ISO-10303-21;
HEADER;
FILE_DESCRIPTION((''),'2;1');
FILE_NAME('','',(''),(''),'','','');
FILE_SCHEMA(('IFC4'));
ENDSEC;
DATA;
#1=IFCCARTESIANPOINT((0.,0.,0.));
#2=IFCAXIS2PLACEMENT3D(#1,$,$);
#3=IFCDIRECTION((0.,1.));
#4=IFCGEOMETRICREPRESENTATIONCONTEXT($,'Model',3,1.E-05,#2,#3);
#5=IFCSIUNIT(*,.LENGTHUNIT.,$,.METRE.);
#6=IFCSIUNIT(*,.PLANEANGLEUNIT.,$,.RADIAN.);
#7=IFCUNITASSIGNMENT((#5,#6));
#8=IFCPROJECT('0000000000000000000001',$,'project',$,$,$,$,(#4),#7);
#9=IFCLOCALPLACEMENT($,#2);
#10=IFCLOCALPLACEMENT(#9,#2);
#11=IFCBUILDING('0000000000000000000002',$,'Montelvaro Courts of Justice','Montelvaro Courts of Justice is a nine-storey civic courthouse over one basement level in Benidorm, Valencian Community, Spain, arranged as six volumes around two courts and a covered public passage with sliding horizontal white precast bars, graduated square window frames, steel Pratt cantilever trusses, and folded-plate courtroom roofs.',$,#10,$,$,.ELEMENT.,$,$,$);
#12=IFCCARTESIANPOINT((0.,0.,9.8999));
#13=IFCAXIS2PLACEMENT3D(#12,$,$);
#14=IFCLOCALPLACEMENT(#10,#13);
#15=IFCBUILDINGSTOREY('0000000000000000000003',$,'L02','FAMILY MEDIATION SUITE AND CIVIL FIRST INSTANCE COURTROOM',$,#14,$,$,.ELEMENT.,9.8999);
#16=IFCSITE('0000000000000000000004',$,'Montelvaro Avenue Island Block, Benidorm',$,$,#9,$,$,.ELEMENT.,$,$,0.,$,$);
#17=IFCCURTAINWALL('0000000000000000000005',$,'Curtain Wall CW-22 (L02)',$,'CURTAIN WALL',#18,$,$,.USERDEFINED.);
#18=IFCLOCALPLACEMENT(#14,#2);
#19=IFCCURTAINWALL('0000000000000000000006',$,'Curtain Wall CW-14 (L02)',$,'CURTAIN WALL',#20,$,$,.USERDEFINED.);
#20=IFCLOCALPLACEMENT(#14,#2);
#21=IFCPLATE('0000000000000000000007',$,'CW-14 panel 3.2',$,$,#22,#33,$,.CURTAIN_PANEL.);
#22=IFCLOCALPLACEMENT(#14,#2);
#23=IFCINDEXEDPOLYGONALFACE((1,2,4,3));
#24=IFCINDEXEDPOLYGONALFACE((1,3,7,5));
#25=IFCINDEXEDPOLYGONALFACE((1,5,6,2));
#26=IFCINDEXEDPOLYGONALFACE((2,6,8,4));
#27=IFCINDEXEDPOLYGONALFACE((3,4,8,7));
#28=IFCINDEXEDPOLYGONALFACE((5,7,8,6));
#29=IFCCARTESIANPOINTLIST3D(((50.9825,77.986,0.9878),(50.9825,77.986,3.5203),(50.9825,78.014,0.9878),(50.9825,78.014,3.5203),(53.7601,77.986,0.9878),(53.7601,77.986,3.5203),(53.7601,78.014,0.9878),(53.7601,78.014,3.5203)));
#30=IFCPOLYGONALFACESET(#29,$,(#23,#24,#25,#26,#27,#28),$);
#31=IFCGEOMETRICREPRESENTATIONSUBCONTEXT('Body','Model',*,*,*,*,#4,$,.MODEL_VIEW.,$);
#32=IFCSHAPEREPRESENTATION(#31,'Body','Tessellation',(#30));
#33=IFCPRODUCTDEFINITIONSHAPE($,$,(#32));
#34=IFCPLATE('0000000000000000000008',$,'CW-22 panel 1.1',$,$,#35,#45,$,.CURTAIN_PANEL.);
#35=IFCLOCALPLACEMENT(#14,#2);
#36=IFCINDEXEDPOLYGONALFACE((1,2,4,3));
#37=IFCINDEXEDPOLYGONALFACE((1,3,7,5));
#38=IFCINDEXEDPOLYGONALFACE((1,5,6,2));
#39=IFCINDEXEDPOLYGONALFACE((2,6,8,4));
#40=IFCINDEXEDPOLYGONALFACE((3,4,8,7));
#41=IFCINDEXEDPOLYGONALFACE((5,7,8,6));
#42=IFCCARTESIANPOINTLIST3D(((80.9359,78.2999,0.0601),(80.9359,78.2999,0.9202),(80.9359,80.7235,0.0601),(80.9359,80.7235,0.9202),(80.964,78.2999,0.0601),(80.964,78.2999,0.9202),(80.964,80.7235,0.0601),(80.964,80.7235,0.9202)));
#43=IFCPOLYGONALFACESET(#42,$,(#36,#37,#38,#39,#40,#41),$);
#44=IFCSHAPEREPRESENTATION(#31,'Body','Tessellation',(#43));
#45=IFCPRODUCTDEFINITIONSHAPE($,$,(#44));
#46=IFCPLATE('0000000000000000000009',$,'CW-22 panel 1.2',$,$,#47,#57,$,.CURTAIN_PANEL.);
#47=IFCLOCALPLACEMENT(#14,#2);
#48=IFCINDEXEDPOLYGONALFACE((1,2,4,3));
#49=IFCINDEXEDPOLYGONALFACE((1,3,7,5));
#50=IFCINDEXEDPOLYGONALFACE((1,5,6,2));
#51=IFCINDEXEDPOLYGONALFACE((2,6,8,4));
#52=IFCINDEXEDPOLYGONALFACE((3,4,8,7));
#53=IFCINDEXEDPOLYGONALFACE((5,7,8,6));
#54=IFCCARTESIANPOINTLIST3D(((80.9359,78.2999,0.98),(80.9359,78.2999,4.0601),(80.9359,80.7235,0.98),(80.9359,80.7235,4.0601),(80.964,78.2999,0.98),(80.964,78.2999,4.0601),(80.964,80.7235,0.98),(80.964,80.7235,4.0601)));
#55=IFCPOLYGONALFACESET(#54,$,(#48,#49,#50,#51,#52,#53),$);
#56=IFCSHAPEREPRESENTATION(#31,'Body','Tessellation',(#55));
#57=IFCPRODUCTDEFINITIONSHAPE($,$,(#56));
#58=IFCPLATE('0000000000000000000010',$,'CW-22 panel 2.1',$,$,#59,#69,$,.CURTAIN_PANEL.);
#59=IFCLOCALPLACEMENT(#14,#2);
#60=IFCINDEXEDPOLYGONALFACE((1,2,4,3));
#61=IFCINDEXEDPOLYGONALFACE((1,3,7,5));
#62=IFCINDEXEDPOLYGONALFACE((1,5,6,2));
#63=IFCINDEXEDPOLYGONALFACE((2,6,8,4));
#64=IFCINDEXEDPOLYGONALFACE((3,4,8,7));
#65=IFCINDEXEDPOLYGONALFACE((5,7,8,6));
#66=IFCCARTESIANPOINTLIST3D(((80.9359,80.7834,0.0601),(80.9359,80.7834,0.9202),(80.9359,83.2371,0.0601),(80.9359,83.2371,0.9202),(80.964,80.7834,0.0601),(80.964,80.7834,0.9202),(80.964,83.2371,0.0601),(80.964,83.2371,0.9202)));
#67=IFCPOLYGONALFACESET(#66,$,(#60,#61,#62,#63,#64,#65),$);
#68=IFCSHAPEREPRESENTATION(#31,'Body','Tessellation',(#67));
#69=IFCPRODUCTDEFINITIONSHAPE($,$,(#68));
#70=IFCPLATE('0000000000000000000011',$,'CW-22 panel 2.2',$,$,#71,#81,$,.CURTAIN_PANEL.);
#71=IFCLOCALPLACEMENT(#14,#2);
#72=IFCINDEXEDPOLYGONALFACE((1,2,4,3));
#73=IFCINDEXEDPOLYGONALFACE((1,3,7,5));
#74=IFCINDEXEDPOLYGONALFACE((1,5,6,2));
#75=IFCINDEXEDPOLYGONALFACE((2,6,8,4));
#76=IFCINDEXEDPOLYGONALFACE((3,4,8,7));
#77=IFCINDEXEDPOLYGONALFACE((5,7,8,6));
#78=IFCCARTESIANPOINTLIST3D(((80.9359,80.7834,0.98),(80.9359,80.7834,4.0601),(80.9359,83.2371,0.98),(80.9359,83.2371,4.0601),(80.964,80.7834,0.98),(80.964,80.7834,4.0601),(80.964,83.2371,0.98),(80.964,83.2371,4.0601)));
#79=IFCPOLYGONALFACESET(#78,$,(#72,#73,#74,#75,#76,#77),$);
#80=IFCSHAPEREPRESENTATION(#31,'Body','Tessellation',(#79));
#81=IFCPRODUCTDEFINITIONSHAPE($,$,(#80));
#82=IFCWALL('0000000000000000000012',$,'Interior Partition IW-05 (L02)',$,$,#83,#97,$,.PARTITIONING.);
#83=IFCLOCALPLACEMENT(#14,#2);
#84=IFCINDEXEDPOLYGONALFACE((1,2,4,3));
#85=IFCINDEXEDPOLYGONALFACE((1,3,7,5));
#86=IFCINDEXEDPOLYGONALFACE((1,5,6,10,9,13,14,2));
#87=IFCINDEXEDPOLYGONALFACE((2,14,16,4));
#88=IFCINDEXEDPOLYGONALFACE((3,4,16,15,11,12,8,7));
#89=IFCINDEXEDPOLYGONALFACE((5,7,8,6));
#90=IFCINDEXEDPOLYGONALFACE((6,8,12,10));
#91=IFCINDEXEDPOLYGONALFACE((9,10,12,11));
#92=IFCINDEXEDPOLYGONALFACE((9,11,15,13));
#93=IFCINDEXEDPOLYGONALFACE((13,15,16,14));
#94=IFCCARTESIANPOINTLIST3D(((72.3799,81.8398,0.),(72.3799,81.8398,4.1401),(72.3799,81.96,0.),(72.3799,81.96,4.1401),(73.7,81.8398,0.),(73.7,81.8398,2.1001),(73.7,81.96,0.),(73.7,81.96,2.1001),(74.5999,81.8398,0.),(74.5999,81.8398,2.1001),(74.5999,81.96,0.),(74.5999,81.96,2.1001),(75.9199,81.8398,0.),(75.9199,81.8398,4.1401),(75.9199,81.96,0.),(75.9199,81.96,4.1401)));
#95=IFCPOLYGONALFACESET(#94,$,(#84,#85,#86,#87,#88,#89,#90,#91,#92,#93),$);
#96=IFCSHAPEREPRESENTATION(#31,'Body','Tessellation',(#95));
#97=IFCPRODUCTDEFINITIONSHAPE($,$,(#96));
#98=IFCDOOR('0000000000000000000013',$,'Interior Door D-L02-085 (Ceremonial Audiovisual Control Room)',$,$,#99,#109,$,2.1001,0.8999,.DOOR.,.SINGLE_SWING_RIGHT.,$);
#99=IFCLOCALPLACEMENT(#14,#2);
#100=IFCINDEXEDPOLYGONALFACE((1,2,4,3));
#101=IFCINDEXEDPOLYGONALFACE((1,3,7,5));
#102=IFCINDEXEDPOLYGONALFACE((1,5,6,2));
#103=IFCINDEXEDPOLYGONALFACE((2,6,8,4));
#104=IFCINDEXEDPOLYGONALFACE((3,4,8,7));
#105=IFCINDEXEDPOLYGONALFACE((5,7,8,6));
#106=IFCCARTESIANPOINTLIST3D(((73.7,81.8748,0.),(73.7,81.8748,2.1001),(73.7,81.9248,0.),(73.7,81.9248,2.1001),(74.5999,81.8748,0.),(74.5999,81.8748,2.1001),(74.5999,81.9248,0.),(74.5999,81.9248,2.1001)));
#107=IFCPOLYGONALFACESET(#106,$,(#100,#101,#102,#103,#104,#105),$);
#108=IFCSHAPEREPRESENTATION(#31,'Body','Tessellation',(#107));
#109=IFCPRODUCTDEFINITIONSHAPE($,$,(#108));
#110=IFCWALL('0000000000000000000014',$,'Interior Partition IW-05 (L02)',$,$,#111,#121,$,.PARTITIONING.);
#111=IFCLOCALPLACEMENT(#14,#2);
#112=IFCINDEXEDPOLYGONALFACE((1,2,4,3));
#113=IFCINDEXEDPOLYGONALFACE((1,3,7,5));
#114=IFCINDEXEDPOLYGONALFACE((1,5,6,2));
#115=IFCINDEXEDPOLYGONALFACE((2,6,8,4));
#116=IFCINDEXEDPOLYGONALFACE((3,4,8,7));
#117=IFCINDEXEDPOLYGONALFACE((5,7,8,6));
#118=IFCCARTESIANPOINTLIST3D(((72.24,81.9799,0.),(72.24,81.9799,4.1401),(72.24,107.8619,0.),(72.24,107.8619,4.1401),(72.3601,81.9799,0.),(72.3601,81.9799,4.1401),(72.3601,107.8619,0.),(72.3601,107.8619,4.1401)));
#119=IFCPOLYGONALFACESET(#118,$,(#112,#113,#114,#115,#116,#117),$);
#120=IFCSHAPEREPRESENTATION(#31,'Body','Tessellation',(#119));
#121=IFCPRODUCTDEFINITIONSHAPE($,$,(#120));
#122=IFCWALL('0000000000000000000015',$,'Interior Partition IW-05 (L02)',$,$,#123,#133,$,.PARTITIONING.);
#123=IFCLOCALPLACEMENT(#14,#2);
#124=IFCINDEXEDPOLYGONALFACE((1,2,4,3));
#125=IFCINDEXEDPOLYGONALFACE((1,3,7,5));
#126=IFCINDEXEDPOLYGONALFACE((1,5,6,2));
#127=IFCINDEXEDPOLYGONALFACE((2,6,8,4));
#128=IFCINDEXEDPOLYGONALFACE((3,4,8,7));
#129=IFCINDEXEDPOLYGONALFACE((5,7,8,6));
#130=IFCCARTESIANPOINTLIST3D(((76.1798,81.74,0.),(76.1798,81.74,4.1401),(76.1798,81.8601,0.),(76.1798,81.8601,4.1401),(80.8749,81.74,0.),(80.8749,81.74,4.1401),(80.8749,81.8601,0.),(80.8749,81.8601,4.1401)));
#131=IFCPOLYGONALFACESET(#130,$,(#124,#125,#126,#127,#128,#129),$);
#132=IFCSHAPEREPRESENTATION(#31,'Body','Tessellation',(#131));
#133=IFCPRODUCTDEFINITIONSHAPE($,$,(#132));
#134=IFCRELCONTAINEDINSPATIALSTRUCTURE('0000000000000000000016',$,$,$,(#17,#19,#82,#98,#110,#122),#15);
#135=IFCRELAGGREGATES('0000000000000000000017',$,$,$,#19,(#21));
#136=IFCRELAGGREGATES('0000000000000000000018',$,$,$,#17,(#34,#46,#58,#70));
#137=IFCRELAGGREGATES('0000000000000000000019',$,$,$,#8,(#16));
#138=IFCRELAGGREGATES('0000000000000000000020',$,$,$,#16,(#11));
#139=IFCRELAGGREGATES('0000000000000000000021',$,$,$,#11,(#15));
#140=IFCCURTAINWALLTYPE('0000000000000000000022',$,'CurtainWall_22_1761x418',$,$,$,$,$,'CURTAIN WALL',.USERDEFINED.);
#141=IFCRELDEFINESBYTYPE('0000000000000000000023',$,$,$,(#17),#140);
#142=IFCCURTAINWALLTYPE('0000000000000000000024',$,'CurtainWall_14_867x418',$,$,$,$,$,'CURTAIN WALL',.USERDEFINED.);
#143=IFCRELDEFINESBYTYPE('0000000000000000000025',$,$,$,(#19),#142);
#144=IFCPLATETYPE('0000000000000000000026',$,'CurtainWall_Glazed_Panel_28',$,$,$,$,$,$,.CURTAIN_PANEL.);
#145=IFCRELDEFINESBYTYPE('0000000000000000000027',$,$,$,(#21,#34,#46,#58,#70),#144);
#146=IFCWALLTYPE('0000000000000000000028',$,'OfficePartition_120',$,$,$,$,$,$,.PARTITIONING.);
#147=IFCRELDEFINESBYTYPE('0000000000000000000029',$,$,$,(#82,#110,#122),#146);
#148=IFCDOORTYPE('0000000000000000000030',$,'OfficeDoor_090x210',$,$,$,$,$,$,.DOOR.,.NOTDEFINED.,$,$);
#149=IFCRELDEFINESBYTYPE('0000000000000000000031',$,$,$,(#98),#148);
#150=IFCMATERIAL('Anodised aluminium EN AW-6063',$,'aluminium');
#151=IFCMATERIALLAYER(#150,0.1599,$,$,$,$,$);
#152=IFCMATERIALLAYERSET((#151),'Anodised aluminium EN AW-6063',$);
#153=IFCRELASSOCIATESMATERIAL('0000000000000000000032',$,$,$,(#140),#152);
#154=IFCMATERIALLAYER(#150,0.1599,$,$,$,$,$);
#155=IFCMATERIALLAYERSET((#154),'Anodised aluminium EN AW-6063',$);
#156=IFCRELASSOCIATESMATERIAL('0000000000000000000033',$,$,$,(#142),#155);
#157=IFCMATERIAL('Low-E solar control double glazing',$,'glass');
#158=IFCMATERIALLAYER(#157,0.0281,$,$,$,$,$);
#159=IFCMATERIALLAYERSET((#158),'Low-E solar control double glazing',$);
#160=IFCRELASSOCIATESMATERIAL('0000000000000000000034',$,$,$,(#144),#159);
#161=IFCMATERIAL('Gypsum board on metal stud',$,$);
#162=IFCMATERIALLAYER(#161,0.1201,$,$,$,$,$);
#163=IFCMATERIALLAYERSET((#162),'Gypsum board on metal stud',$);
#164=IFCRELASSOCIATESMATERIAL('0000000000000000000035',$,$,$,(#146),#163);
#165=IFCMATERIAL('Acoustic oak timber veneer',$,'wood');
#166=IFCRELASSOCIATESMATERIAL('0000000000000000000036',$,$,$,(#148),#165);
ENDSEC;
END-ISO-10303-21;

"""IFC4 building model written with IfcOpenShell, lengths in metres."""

from ifc_helpers import new_model, si_unit, direction, frame, frame_2d, origin, origin_2d, place, context, subcontext, project, spatial, rectangle, extrude, material, layer, layer_set, type_object, element, fill, aggregate, save


model = new_model("IFC4")

# Units and contexts
model_context = context("Model", 3, precision=1e-05, world=origin(), true_north=direction((0.0, 1.0)))
body_context = subcontext(model_context, "Body", "Model", "MODEL_VIEW")
ifc_project = project(units=[si_unit("LENGTHUNIT", "METRE"), si_unit("PLANEANGLEUNIT", "RADIAN")], contexts=[model_context])

# Site, building, storey
site_placement = place(None, origin())
site = spatial("IfcSite", under=ifc_project, at=site_placement, Name="Montelvaro Avenue Island Block, Benidorm", CompositionType="ELEMENT", RefElevation=0.0)
building_placement = place(site_placement, origin())
building = spatial("IfcBuilding", under=site, at=building_placement, Name="Montelvaro Courts of Justice", Description="Montelvaro Courts of Justice is a nine-storey civic courthouse over one basement level in Benidorm, Valencian Community, Spain, arranged as six volumes around two courts and a covered public passage with sliding horizontal white precast bars, graduated square window frames, steel Pratt cantilever trusses, and folded-plate courtroom roofs.", CompositionType="ELEMENT")
storey_placement = place(building_placement, frame((0.0, 0.0, 9.8999)))
storey = spatial("IfcBuildingStorey", under=building, at=storey_placement, Name="L02", Description="FAMILY MEDIATION SUITE AND CIVIL FIRST INSTANCE COURTROOM", CompositionType="ELEMENT", Elevation=9.8999)

# Curtain walls
ifc_material_1 = material(Name="Anodised aluminium EN AW-6063", Category="aluminium")
ifc_layer_1 = layer(ifc_material_1, 0.1599)
ifc_layer_set_1 = layer_set([ifc_layer_1], Name="Anodised aluminium EN AW-6063")
curtain_wall_type_1 = type_object("IfcCurtainWallType", Name="CurtainWall_22_1761x418", ElementType="CURTAIN WALL", PredefinedType="USERDEFINED", material=ifc_layer_set_1)
curtain_wall_1_placement = place(storey_placement, origin())
curtain_wall_1 = element("IfcCurtainWall", 1, at=curtain_wall_1_placement, inside=storey, type_object=curtain_wall_type_1, Name="Curtain Wall CW-22 (L02)", ObjectType="CURTAIN WALL", PredefinedType="USERDEFINED")
ifc_layer_2 = layer(ifc_material_1, 0.1599)
ifc_layer_set_2 = layer_set([ifc_layer_2], Name="Anodised aluminium EN AW-6063")
curtain_wall_type_2 = type_object("IfcCurtainWallType", Name="CurtainWall_14_867x418", ElementType="CURTAIN WALL", PredefinedType="USERDEFINED", material=ifc_layer_set_2)
curtain_wall_2_placement = place(storey_placement, origin())
curtain_wall_2 = element("IfcCurtainWall", 2, at=curtain_wall_2_placement, inside=storey, type_object=curtain_wall_type_2, Name="Curtain Wall CW-14 (L02)", ObjectType="CURTAIN WALL", PredefinedType="USERDEFINED")

# Plates
ifc_material_2 = material(Name="Low-E solar control double glazing", Category="glass")
ifc_layer_3 = layer(ifc_material_2, 0.0281)
ifc_layer_set_3 = layer_set([ifc_layer_3], Name="Low-E solar control double glazing")
plate_type = type_object("IfcPlateType", Name="CurtainWall_Glazed_Panel_28", PredefinedType="CURTAIN_PANEL", material=ifc_layer_set_3)
plate_1_placement = place(storey_placement, frame((52.3713, 78.0, 0.9878), z_axis=(0.0, 0.0, 1.0), x_axis=(1.0, 0.0, 0.0)))
plate_1 = element("IfcPlate", 3, at=plate_1_placement, type_object=plate_type, Name="CW-14 panel 3.2", PredefinedType="CURTAIN_PANEL", context=body_context, shape_type="SweptSolid", body=[
    extrude(rectangle(XDim=2.7776, YDim=0.0281, at=origin_2d()), origin(), (0.0, 0.0, 1.0), 2.5325),
])
aggregate(curtain_wall_2, [plate_1])
plate_2_placement = place(storey_placement, frame((80.95, 79.5117, 0.0601), z_axis=(0.0, 0.0, 1.0), x_axis=(0.0, 1.0, 0.0)))
plate_2 = element("IfcPlate", 4, at=plate_2_placement, type_object=plate_type, Name="CW-22 panel 1.1", PredefinedType="CURTAIN_PANEL", context=body_context, shape_type="SweptSolid", body=[
    extrude(rectangle(XDim=2.4236, YDim=0.0281, at=origin_2d()), origin(), (0.0, 0.0, 1.0), 0.8601),
])
plate_3_placement = place(storey_placement, frame((80.95, 79.5117, 0.98), z_axis=(0.0, 0.0, 1.0), x_axis=(0.0, 1.0, 0.0)))
plate_3 = element("IfcPlate", 5, at=plate_3_placement, type_object=plate_type, Name="CW-22 panel 1.2", PredefinedType="CURTAIN_PANEL", context=body_context, shape_type="SweptSolid", body=[
    extrude(rectangle(XDim=2.4236, YDim=0.0281, at=origin_2d()), origin(), (0.0, 0.0, 1.0), 3.0801),
])
plate_4_placement = place(storey_placement, frame((80.95, 82.0103, 0.0601), z_axis=(0.0, 0.0, 1.0), x_axis=(0.0, 1.0, 0.0)))
plate_4 = element("IfcPlate", 6, at=plate_4_placement, type_object=plate_type, Name="CW-22 panel 2.1", PredefinedType="CURTAIN_PANEL", context=body_context, shape_type="SweptSolid", body=[
    extrude(rectangle(XDim=2.4536, YDim=0.0281, at=origin_2d()), origin(), (0.0, 0.0, 1.0), 0.8601),
])
plate_5_placement = place(storey_placement, frame((80.95, 82.0103, 0.98), z_axis=(0.0, 0.0, 1.0), x_axis=(0.0, 1.0, 0.0)))
plate_5 = element("IfcPlate", 7, at=plate_5_placement, type_object=plate_type, Name="CW-22 panel 2.2", PredefinedType="CURTAIN_PANEL", context=body_context, shape_type="SweptSolid", body=[
    extrude(rectangle(XDim=2.4536, YDim=0.0281, at=origin_2d()), origin(), (0.0, 0.0, 1.0), 3.0801),
])
aggregate(curtain_wall_1, [plate_2, plate_3, plate_4, plate_5])

# Wall, opening, door
ifc_material_3 = material(Name="Gypsum board on metal stud")
ifc_layer_4 = layer(ifc_material_3, 0.1201)
ifc_layer_set_4 = layer_set([ifc_layer_4], Name="Gypsum board on metal stud")
wall_type = type_object("IfcWallType", Name="OfficePartition_120", PredefinedType="PARTITIONING", material=ifc_layer_set_4)
wall_1_placement = place(storey_placement, frame((75.9199, 81.8999, 0.0), z_axis=(0.0, 0.0, 1.0), x_axis=(-1.0, 0.0, 0.0)))
wall_1 = element("IfcWall", 8, at=wall_1_placement, inside=storey, type_object=wall_type, Name="Interior Partition IW-05 (L02)", PredefinedType="PARTITIONING", context=body_context, shape_type="SweptSolid", body=[
    extrude(rectangle(XDim=3.54, YDim=0.1201, at=frame_2d((1.77, 0.0))), origin(), (0.0, 0.0, 1.0), 4.1401),
])
opening_placement = place(wall_1_placement, frame((1.3201, 0.0, 0.0)))
opening = element("IfcOpeningElement", 9, at=opening_placement, cuts=wall_1, PredefinedType="OPENING", context=body_context, shape_type="SweptSolid", body=[
    extrude(rectangle(XDim=0.8999, YDim=2.1001, at=frame_2d((0.45, 1.05))), frame((0.0, 0.075, 0.0), z_axis=(0.0, -1.0, 0.0), x_axis=(1.0, 0.0, 0.0)), (0.0, 0.0, 1.0), 0.1499),
])
ifc_material_4 = material(Name="Acoustic oak timber veneer", Category="wood")
door_type = type_object("IfcDoorType", Name="OfficeDoor_090x210", OperationType="NOTDEFINED", PredefinedType="DOOR", material=ifc_material_4)
door_placement = place(opening_placement, frame((0.8999, 0.0, 0.0), z_axis=(0.0, 0.0, 1.0), x_axis=(-1.0, 0.0, 0.0)))
door = element("IfcDoor", 10, at=door_placement, inside=storey, type_object=door_type, Name="Interior Door D-L02-085 (Ceremonial Audiovisual Control Room)", OperationType="SINGLE_SWING_RIGHT", OverallHeight=2.1001, OverallWidth=0.8999, PredefinedType="DOOR", context=body_context, shape_type="SweptSolid", body=[
    extrude(rectangle(XDim=0.8999, YDim=2.1001, at=frame_2d((0.45, 1.05))), frame((0.0, 0.0249, 0.0), z_axis=(0.0, -1.0, 0.0), x_axis=(1.0, 0.0, 0.0)), (0.0, 0.0, 1.0), 0.05),
])
fill(opening, door)

# Walls
wall_2_placement = place(storey_placement, frame((72.3, 81.98, 0.0), z_axis=(0.0, 0.0, 1.0), x_axis=(0.0, 1.0, 0.0)))
element("IfcWall", 11, at=wall_2_placement, inside=storey, type_object=wall_type, Name="Interior Partition IW-05 (L02)", PredefinedType="PARTITIONING", context=body_context, shape_type="SweptSolid", body=[
    extrude(rectangle(XDim=25.8821, YDim=0.1201, at=frame_2d((12.9409, 0.0))), origin(), (0.0, 0.0, 1.0), 4.1401),
])
wall_3_placement = place(storey_placement, frame((80.875, 81.8, 0.0), z_axis=(0.0, 0.0, 1.0), x_axis=(-1.0, 0.0, 0.0)))
element("IfcWall", 12, at=wall_3_placement, inside=storey, type_object=wall_type, Name="Interior Partition IW-05 (L02)", PredefinedType="PARTITIONING", context=body_context, shape_type="SweptSolid", body=[
    extrude(rectangle(XDim=4.6951, YDim=0.1201, at=frame_2d((2.3477, 0.0))), origin(), (0.0, 0.0, 1.0), 4.1401),
])

save(model, "model.ifc")
